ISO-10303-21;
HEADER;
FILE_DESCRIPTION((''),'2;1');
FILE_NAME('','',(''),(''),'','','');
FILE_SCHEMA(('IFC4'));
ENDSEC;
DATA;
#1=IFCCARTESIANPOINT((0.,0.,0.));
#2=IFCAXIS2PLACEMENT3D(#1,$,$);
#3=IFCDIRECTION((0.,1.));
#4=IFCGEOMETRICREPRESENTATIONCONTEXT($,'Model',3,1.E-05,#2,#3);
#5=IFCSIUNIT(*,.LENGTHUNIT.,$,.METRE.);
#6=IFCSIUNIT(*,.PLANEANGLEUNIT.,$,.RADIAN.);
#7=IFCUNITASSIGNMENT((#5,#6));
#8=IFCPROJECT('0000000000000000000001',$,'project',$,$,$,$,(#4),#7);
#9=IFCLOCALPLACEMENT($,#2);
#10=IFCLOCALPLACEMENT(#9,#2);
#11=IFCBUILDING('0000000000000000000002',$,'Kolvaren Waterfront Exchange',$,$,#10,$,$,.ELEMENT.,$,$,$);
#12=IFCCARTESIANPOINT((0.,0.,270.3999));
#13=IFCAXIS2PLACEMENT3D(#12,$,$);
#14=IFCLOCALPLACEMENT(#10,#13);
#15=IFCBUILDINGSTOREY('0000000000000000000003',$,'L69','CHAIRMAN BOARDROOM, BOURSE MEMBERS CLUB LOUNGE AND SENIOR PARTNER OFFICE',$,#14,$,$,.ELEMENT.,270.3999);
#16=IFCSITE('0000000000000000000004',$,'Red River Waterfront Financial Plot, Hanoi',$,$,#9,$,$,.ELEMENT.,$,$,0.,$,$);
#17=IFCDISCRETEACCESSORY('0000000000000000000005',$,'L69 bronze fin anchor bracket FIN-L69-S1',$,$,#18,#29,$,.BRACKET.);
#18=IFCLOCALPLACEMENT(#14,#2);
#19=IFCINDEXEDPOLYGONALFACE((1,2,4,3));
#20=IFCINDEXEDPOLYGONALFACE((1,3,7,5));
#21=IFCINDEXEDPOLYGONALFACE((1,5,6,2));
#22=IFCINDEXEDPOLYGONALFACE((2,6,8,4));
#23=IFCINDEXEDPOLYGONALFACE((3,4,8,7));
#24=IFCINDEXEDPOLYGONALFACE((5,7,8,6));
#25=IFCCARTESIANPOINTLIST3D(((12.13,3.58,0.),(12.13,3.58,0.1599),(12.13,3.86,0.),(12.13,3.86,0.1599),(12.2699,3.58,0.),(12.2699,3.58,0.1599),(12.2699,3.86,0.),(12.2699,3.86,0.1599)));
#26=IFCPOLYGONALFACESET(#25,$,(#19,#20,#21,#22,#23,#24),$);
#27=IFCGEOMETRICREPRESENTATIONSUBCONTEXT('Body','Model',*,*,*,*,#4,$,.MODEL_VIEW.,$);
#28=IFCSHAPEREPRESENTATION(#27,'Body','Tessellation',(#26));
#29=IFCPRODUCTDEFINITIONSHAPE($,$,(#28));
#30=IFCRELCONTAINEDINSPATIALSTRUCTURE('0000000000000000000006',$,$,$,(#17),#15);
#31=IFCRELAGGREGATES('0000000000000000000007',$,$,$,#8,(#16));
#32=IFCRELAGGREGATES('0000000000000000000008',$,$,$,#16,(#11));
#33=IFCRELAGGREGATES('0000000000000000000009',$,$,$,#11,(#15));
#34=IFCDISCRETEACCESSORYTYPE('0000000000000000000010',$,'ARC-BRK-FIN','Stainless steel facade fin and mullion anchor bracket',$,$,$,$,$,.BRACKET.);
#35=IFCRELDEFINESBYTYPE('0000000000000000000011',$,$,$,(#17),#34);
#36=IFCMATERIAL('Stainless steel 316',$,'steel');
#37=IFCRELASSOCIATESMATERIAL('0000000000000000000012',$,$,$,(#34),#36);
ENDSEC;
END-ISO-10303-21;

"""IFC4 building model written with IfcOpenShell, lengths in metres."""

from ifc_helpers import new_model, si_unit, direction, frame, origin, origin_with_axes, origin_2d, place, context, subcontext, project, spatial, rectangle, extrude, source, transform, mapped, material, type_object, element, save


model = new_model("IFC4")

# Units and contexts
model_context = context("Model", 3, precision=1e-05, world=origin(), true_north=direction((0.0, 1.0)))
body_context = subcontext(model_context, "Body", "Model", "MODEL_VIEW")
ifc_project = project(units=[si_unit("LENGTHUNIT", "METRE"), si_unit("PLANEANGLEUNIT", "RADIAN")], contexts=[model_context])

# Site, building, storey
site_placement = place(None, origin())
site = spatial("IfcSite", under=ifc_project, at=site_placement, Name="Red River Waterfront Financial Plot, Hanoi", CompositionType="ELEMENT", RefElevation=0.0)
building_placement = place(site_placement, origin())
building = spatial("IfcBuilding", under=site, at=building_placement, Name="Kolvaren Waterfront Exchange", CompositionType="ELEMENT")
storey_placement = place(building_placement, frame((0.0, 0.0, 270.3999)))
storey = spatial("IfcBuildingStorey", under=building, at=storey_placement, Name="L69", Description="CHAIRMAN BOARDROOM, BOURSE MEMBERS CLUB LOUNGE AND SENIOR PARTNER OFFICE", CompositionType="ELEMENT", Elevation=270.3999)

# Discrete accessory
ifc_material_1 = material(Name="Stainless steel 316", Category="steel")
discrete_accessory_type = type_object("IfcDiscreteAccessoryType", Name="ARC-BRK-FIN", Description="Stainless steel facade fin and mullion anchor bracket", PredefinedType="BRACKET", material=ifc_material_1)
shared_shape_1 = source(origin_with_axes(), body_context, "Body", "SweptSolid", [
    extrude(rectangle(XDim=0.28, YDim=0.1399, at=origin_2d()), origin(), (0.0, 0.0, 1.0), 0.1599),
])
discrete_accessory_placement = place(storey_placement, frame((12.2, 3.72, 0.0), z_axis=(0.0, 0.0, 1.0), x_axis=(0.0, -1.0, 0.0)))
element("IfcDiscreteAccessory", 1, at=discrete_accessory_placement, inside=storey, type_object=discrete_accessory_type, Name="L69 bronze fin anchor bracket FIN-L69-S1", PredefinedType="BRACKET", context=body_context, shape_type="MappedRepresentation", body=[
    mapped(shared_shape_1, transform((0.0, 0.0, 0.0), x_axis=(1.0, 0.0, 0.0), y_axis=(0.0, 1.0, 0.0), z_axis=(0.0, 0.0, 1.0), scale=1.0)),
])

save(model, "model.ifc")
